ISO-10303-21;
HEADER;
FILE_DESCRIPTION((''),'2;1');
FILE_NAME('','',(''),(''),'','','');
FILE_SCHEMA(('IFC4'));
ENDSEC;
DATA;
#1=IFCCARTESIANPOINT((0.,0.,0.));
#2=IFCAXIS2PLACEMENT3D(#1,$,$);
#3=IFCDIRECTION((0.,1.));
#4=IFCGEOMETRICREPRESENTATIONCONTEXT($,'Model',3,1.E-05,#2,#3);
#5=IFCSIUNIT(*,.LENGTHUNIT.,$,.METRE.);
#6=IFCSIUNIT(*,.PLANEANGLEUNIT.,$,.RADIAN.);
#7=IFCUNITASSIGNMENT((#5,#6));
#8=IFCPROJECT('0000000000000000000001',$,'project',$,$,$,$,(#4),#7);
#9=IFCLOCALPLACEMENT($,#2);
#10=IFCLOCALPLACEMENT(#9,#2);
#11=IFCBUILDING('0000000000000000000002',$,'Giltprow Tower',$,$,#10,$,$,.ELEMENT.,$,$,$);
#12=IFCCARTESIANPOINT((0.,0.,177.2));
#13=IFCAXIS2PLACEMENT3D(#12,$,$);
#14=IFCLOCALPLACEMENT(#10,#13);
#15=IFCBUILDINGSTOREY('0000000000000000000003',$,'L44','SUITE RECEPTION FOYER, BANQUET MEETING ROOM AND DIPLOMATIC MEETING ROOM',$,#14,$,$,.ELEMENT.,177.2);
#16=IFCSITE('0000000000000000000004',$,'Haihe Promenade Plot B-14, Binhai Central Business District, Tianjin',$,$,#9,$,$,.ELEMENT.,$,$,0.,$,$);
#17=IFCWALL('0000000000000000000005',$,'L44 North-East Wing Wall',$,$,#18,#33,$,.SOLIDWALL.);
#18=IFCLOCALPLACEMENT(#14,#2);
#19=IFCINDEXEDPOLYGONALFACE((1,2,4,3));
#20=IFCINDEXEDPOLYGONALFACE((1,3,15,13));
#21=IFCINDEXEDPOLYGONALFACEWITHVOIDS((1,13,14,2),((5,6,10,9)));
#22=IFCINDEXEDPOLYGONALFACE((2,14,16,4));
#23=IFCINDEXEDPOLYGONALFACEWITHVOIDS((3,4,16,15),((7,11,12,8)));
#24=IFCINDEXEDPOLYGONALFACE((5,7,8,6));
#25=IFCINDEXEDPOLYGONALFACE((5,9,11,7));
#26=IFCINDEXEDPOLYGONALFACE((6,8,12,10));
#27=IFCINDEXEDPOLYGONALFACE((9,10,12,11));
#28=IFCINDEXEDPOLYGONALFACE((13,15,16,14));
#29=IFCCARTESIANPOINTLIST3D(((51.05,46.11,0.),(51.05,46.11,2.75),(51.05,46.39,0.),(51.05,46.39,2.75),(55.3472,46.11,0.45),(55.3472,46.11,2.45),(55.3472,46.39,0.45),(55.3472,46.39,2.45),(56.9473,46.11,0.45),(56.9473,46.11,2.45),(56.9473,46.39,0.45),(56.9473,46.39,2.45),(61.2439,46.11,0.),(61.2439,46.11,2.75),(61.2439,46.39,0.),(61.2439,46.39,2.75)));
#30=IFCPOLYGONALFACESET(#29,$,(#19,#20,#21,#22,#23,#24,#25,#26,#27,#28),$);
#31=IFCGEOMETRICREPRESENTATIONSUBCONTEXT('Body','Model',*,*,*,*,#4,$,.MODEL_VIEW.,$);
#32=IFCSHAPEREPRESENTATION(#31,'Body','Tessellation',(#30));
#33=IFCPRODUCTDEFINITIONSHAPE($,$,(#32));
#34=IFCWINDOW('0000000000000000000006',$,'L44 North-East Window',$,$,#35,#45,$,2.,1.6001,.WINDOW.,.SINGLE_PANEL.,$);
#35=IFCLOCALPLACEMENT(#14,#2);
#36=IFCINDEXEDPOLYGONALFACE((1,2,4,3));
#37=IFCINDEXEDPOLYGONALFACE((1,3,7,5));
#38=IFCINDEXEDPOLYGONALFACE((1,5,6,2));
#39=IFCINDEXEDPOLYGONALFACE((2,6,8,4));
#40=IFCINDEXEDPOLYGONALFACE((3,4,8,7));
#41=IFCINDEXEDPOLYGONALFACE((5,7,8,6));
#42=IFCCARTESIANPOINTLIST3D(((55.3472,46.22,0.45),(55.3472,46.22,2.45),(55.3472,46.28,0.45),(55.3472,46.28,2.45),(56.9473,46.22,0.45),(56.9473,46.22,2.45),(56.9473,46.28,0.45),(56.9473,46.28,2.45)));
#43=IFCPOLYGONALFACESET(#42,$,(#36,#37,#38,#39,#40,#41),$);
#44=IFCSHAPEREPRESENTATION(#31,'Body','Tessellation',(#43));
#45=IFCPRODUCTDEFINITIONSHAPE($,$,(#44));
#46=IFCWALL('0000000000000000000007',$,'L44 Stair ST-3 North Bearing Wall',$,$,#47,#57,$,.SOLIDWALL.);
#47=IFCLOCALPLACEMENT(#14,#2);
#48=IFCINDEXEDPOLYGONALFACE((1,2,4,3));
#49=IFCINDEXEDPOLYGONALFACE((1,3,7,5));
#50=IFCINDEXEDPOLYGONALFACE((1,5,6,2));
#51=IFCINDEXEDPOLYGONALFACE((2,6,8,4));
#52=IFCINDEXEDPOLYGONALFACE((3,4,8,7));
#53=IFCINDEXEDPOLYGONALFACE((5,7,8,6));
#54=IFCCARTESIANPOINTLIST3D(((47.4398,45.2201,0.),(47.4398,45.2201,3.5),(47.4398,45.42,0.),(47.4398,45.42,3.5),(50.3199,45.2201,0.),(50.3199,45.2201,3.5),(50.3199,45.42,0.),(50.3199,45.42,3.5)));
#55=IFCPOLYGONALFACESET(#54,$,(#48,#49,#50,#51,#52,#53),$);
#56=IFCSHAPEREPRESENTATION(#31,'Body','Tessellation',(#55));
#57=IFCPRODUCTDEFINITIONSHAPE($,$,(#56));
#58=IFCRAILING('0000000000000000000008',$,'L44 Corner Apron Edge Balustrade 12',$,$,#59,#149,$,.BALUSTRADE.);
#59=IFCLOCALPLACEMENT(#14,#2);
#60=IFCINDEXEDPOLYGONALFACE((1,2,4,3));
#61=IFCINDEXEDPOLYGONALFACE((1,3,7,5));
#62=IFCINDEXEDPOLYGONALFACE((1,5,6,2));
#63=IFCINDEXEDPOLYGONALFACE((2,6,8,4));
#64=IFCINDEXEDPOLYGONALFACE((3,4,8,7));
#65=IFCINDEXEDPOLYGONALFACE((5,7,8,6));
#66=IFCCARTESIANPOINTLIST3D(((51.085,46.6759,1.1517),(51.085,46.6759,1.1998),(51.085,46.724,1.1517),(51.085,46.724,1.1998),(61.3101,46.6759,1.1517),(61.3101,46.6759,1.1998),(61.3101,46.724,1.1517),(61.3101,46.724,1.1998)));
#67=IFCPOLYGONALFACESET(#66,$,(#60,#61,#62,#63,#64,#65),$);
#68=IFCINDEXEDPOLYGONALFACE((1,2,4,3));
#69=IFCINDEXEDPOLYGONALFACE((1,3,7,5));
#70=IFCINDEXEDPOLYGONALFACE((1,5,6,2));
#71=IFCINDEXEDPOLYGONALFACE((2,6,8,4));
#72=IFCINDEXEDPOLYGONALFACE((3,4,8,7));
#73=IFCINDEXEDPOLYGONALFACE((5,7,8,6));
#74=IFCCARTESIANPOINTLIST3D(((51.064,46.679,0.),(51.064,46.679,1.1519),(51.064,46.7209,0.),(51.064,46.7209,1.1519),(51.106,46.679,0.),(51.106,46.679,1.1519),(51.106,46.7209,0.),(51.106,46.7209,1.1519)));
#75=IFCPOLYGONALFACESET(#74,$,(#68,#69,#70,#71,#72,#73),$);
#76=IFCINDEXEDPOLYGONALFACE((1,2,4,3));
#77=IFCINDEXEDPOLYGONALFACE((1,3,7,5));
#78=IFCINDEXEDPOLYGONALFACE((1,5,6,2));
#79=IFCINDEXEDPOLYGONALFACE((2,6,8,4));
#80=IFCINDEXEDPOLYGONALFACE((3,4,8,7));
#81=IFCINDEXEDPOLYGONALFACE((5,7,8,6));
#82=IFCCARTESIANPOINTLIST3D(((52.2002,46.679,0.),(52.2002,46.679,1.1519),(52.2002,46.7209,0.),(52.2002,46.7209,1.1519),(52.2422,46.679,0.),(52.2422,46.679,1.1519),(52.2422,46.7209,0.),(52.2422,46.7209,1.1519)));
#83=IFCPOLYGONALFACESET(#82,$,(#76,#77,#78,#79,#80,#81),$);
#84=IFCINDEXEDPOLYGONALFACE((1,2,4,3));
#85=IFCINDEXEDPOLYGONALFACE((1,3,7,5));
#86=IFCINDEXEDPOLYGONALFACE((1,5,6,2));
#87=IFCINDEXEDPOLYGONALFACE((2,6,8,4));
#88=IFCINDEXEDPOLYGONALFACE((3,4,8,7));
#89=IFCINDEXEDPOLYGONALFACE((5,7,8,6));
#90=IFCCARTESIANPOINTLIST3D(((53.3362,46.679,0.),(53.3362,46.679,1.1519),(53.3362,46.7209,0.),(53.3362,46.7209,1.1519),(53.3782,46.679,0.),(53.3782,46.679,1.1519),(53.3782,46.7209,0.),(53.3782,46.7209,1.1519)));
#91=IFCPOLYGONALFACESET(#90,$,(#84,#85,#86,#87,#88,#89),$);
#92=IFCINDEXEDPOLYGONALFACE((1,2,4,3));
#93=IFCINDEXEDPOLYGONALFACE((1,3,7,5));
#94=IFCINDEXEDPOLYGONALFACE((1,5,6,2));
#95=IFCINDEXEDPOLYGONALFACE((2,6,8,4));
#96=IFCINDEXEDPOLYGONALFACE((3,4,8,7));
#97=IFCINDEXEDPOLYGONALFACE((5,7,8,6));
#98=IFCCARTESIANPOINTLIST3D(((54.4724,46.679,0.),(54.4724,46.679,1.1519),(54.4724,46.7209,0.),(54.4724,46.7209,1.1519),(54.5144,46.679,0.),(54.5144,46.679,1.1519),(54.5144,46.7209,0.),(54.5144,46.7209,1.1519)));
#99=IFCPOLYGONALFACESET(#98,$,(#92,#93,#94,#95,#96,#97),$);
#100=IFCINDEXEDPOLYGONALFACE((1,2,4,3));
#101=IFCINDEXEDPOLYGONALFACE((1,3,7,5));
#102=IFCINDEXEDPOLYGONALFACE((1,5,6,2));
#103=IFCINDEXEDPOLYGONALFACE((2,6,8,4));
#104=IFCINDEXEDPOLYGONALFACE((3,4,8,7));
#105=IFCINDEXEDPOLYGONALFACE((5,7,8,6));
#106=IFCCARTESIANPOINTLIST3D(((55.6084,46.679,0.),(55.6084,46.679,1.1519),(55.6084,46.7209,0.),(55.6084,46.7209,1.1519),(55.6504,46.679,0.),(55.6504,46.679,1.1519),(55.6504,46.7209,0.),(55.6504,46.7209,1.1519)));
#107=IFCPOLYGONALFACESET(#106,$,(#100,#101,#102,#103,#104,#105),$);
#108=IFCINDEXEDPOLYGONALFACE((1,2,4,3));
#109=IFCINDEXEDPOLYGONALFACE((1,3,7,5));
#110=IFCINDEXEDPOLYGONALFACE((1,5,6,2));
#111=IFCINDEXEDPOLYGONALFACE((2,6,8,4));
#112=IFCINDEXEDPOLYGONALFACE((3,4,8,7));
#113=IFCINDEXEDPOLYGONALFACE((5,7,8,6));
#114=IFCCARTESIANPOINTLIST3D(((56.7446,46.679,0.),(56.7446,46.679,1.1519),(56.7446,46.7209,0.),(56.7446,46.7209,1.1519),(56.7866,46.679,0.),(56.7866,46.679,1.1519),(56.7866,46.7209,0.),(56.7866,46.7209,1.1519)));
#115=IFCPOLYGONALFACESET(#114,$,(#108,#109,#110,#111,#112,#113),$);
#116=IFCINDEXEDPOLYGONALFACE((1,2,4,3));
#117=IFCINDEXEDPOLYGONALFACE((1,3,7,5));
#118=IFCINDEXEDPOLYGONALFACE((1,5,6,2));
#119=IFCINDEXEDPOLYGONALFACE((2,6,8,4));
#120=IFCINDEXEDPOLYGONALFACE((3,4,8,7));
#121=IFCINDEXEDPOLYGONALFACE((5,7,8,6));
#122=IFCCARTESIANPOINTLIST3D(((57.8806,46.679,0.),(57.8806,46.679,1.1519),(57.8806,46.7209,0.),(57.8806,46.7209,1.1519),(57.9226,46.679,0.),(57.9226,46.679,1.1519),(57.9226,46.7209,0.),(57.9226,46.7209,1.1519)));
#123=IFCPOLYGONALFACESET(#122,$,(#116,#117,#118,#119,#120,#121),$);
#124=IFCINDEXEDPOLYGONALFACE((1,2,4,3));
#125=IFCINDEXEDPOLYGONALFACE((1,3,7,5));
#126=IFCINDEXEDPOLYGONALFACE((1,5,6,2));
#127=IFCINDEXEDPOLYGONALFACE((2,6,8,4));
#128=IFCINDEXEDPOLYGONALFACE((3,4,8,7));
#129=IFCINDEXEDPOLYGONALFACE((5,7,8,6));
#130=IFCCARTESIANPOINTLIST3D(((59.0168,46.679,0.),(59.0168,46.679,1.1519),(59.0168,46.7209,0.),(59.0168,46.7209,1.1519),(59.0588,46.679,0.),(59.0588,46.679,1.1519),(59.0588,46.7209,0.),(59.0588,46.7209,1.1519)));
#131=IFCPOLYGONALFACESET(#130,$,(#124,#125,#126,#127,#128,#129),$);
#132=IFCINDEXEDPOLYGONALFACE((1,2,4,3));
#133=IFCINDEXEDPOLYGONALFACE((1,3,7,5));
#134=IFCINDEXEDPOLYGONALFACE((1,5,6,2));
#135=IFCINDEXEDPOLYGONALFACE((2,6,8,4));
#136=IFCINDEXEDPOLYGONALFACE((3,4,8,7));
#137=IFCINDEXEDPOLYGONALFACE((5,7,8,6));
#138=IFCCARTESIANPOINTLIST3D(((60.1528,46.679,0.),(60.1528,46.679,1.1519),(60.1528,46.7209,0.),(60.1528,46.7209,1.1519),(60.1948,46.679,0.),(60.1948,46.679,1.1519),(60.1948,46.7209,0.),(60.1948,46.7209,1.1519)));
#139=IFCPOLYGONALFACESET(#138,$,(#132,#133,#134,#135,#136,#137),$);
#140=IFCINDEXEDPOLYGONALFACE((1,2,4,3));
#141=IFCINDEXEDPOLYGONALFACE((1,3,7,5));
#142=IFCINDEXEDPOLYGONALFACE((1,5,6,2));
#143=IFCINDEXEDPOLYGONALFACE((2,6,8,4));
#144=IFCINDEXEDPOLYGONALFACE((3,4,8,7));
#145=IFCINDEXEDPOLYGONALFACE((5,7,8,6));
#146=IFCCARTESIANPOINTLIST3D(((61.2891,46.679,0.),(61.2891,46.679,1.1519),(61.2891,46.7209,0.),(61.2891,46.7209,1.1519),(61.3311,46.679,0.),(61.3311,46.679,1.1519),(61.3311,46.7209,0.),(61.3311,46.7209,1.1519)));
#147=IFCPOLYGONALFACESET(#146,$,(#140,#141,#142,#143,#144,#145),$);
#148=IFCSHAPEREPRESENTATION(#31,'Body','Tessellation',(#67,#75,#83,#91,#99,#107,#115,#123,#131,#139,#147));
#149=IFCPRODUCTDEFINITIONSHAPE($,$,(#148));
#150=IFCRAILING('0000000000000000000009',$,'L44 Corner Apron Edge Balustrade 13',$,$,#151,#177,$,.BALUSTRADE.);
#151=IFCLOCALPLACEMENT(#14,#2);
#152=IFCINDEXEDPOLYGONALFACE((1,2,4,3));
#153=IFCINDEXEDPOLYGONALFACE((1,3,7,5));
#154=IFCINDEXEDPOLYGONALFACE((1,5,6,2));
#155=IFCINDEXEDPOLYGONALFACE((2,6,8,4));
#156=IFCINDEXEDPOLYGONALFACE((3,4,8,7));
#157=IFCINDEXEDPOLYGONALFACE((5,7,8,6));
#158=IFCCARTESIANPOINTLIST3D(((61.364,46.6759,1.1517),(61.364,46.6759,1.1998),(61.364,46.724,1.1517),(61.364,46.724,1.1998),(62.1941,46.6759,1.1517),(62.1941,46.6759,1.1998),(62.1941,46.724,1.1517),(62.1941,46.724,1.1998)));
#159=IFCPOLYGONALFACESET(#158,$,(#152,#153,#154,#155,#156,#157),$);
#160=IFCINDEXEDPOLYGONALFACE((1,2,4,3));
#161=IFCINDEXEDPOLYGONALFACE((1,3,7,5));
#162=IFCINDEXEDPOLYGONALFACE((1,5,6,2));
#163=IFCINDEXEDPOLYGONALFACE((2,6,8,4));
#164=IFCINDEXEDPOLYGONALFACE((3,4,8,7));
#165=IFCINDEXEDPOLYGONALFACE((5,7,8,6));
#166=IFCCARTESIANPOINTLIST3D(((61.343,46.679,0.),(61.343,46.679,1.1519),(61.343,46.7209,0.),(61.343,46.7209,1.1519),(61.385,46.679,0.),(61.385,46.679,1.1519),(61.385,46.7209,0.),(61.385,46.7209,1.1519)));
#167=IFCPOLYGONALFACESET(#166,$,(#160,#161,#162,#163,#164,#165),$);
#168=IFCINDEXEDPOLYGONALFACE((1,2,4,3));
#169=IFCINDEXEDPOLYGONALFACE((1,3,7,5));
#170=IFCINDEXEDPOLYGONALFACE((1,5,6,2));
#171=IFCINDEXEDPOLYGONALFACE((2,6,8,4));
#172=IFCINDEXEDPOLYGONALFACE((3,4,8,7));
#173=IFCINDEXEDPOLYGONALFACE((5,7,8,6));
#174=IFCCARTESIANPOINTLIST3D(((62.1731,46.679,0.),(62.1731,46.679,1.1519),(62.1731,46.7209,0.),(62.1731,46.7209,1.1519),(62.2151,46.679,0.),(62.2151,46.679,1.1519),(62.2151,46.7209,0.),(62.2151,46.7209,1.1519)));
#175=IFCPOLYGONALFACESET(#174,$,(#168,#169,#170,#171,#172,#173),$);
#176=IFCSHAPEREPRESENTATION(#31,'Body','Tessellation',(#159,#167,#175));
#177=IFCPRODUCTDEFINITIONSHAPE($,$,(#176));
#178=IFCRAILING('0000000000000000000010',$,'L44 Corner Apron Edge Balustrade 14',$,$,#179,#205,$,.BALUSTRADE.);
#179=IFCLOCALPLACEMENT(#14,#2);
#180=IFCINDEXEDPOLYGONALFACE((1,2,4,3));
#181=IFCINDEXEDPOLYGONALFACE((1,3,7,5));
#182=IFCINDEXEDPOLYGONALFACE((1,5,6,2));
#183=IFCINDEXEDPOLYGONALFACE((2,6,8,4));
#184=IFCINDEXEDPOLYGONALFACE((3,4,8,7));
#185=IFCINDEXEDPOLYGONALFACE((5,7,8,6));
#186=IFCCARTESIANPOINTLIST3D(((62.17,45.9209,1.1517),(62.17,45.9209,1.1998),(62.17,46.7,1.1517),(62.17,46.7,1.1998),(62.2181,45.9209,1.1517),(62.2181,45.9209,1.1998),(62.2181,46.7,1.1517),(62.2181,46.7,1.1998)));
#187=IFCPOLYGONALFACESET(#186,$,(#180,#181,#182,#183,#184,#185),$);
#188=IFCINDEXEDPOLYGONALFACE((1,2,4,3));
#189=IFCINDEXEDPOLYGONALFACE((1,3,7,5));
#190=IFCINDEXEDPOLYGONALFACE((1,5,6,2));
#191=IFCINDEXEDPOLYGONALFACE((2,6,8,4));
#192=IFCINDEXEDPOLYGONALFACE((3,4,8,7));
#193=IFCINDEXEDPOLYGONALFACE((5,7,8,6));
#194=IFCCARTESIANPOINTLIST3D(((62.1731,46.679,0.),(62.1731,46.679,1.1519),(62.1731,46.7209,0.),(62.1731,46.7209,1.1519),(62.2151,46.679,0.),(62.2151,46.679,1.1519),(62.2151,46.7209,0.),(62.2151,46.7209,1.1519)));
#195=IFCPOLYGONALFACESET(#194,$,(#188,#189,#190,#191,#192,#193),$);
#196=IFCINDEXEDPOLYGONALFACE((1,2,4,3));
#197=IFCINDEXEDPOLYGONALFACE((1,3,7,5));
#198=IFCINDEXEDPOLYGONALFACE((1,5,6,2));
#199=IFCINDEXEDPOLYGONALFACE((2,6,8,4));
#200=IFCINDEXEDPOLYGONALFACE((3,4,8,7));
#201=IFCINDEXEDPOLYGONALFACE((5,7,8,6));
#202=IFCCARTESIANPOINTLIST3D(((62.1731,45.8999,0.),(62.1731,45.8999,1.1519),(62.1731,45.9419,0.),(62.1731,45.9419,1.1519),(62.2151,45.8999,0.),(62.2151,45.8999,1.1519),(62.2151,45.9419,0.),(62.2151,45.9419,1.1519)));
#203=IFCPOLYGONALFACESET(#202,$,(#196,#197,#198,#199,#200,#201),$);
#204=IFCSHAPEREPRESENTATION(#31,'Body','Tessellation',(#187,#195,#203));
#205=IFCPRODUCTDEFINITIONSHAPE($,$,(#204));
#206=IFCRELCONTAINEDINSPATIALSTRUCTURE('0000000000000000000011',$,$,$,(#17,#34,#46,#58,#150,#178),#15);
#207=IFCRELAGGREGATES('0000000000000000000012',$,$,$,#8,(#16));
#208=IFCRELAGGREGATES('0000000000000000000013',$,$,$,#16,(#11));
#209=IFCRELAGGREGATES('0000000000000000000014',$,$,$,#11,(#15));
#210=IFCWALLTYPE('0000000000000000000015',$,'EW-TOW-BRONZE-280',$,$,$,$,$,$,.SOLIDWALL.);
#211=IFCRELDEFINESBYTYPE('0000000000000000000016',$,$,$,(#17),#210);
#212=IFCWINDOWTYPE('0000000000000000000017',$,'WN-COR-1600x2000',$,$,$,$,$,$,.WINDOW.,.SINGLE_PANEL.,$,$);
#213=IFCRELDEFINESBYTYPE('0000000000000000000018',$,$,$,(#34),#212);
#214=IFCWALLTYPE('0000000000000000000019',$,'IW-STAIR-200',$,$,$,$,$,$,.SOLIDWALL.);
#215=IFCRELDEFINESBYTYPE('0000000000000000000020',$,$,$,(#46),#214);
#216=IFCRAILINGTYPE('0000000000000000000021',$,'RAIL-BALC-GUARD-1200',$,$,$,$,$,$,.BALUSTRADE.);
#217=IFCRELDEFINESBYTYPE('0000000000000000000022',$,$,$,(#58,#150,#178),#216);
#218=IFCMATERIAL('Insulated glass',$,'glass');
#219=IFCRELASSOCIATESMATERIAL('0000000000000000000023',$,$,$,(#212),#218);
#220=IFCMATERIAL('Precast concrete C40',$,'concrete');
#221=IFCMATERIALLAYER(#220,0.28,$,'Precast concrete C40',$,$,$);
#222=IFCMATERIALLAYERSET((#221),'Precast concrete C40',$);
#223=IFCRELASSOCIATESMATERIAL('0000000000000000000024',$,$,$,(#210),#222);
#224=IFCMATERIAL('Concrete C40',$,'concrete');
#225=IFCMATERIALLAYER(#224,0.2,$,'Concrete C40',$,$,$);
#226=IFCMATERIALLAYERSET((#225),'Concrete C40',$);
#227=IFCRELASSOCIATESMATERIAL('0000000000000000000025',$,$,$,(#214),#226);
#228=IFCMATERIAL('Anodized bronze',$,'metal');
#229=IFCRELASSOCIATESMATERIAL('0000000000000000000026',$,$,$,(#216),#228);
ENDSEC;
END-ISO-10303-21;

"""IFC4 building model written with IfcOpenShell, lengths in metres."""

from ifc_helpers import new_model, si_unit, direction, frame, frame_2d, origin, origin_2d, place, context, subcontext, project, spatial, rectangle, extrude, source, transform, mapped, material, layer, layer_set, type_object, element, fill, save


model = new_model("IFC4")

# Units and contexts
model_context = context("Model", 3, precision=1e-05, world=origin(), true_north=direction((0.0, 1.0)))
body_context = subcontext(model_context, "Body", "Model", "MODEL_VIEW")
ifc_project = project(units=[si_unit("LENGTHUNIT", "METRE"), si_unit("PLANEANGLEUNIT", "RADIAN")], contexts=[model_context])

# Site, building, storey
site_placement = place(None, origin())
site = spatial("IfcSite", under=ifc_project, at=site_placement, Name="Haihe Promenade Plot B-14, Binhai Central Business District, Tianjin", CompositionType="ELEMENT", RefElevation=0.0)
building_placement = place(site_placement, origin())
building = spatial("IfcBuilding", under=site, at=building_placement, Name="Giltprow Tower", CompositionType="ELEMENT")
storey_placement = place(building_placement, frame((0.0, 0.0, 177.2)))
storey = spatial("IfcBuildingStorey", under=building, at=storey_placement, Name="L44", Description="SUITE RECEPTION FOYER, BANQUET MEETING ROOM AND DIPLOMATIC MEETING ROOM", CompositionType="ELEMENT", Elevation=177.2)

# Wall, opening, window
ifc_material_1 = material(Name="Precast concrete C40", Category="concrete")
ifc_material_2 = material(Name="Insulated glass", Category="glass")
window_type = type_object("IfcWindowType", Name="WN-COR-1600x2000", PartitioningType="SINGLE_PANEL", PredefinedType="WINDOW", material=ifc_material_2)
shared_shape_1 = source(origin(), body_context, "Body", "SweptSolid", [
    extrude(rectangle(XDim=1.6001, YDim=2.0, at=frame_2d((0.8, 1.0))), frame((0.0, 0.03, 0.0), z_axis=(0.0, -1.0, 0.0), x_axis=(1.0, 0.0, 0.0)), (0.0, 0.0, 1.0), 0.0601),
])
ifc_layer_1 = layer(ifc_material_1, 0.28, Name="Precast concrete C40")
ifc_layer_set_1 = layer_set([ifc_layer_1], Name="Precast concrete C40")
wall_type_1 = type_object("IfcWallType", Name="EW-TOW-BRONZE-280", PredefinedType="SOLIDWALL", material=ifc_layer_set_1)
wall_1_placement = place(storey_placement, frame((51.05, 46.25, 0.0), z_axis=(0.0, 0.0, 1.0), x_axis=(1.0, 0.0, 0.0)))
wall_1 = element("IfcWall", 1, at=wall_1_placement, inside=storey, type_object=wall_type_1, Name="L44 North-East Wing Wall", PredefinedType="SOLIDWALL", context=body_context, shape_type="SweptSolid", body=[
    extrude(rectangle(XDim=10.1938, YDim=0.28, at=frame_2d((5.0969, 0.0))), origin(), (0.0, 0.0, 1.0), 2.75),
])
opening_1_placement = place(wall_1_placement, frame((4.2971, 0.0, 0.45)))
opening_1 = element("IfcOpeningElement", 2, at=opening_1_placement, cuts=wall_1, PredefinedType="OPENING", context=body_context, shape_type="SweptSolid", body=[
    extrude(rectangle(XDim=1.6001, YDim=2.0, at=frame_2d((0.8, 1.0))), frame((0.0, 0.1499, 0.0), z_axis=(0.0, -1.0, 0.0), x_axis=(1.0, 0.0, 0.0)), (0.0, 0.0, 1.0), 0.3),
])
window_1_placement = place(opening_1_placement, origin())
window_1 = element("IfcWindow", 3, at=window_1_placement, inside=storey, type_object=window_type, Name="L44 North-East Window", OverallHeight=2.0, OverallWidth=1.6001, PartitioningType="SINGLE_PANEL", PredefinedType="WINDOW", context=body_context, shape_type="MappedRepresentation", body=[
    mapped(shared_shape_1, transform((0.0, 0.0, 0.0), x_axis=(1.0, 0.0, 0.0), y_axis=(0.0, 1.0, 0.0), z_axis=(0.0, 0.0, 1.0), scale=1.0)),
])
fill(opening_1, window_1)

# Wall
ifc_material_3 = material(Name="Concrete C40", Category="concrete")
ifc_layer_2 = layer(ifc_material_3, 0.2, Name="Concrete C40")
ifc_layer_set_2 = layer_set([ifc_layer_2], Name="Concrete C40")
wall_type_2 = type_object("IfcWallType", Name="IW-STAIR-200", PredefinedType="SOLIDWALL", material=ifc_layer_set_2)
wall_2_placement = place(storey_placement, frame((47.4399, 45.3201, 0.0), z_axis=(0.0, 0.0, 1.0), x_axis=(1.0, 0.0, 0.0)))
element("IfcWall", 4, at=wall_2_placement, inside=storey, type_object=wall_type_2, Name="L44 Stair ST-3 North Bearing Wall", PredefinedType="SOLIDWALL", context=body_context, shape_type="SweptSolid", body=[
    extrude(rectangle(XDim=2.8801, YDim=0.2, at=frame_2d((1.4399, 0.0))), origin(), (0.0, 0.0, 1.0), 3.5),
])

# Railings
ifc_material_4 = material(Name="Anodized bronze", Category="metal")
railing_type_1 = type_object("IfcRailingType", Name="RAIL-BALC-GUARD-1200", PredefinedType="BALUSTRADE", material=ifc_material_4)
railing_1_placement = place(storey_placement, frame((51.085, 46.7, 0.0)))
element("IfcRailing", 5, at=railing_1_placement, inside=storey, type_object=railing_type_1, Name="L44 Corner Apron Edge Balustrade 12", PredefinedType="BALUSTRADE", context=body_context, shape_type="SweptSolid", body=[
    extrude(rectangle(XDim=0.0481, YDim=0.0481, at=origin_2d()), frame((0.0, 0.0, 1.1758), z_axis=(1.0, 0.0, 0.0), x_axis=(0.0, 1.0, 0.0)), (0.0, 0.0, 1.0), 10.2251),
    extrude(rectangle(XDim=0.042, YDim=0.042, at=origin_2d()), origin(), (0.0, 0.0, 1.0), 1.1519),
    extrude(rectangle(XDim=0.042, YDim=0.042, at=origin_2d()), frame((1.1362, 0.0, 0.0)), (0.0, 0.0, 1.0), 1.1519),
    extrude(rectangle(XDim=0.042, YDim=0.042, at=origin_2d()), frame((2.2722, 0.0, 0.0)), (0.0, 0.0, 1.0), 1.1519),
    extrude(rectangle(XDim=0.042, YDim=0.042, at=origin_2d()), frame((3.4084, 0.0, 0.0)), (0.0, 0.0, 1.0), 1.1519),
    extrude(rectangle(XDim=0.042, YDim=0.042, at=origin_2d()), frame((4.5444, 0.0, 0.0)), (0.0, 0.0, 1.0), 1.1519),
    extrude(rectangle(XDim=0.042, YDim=0.042, at=origin_2d()), frame((5.6807, 0.0, 0.0)), (0.0, 0.0, 1.0), 1.1519),
    extrude(rectangle(XDim=0.042, YDim=0.042, at=origin_2d()), frame((6.8167, 0.0, 0.0)), (0.0, 0.0, 1.0), 1.1519),
    extrude(rectangle(XDim=0.042, YDim=0.042, at=origin_2d()), frame((7.9529, 0.0, 0.0)), (0.0, 0.0, 1.0), 1.1519),
    extrude(rectangle(XDim=0.042, YDim=0.042, at=origin_2d()), frame((9.0889, 0.0, 0.0)), (0.0, 0.0, 1.0), 1.1519),
    extrude(rectangle(XDim=0.042, YDim=0.042, at=origin_2d()), frame((10.2251, 0.0, 0.0)), (0.0, 0.0, 1.0), 1.1519),
])
railing_2_placement = place(storey_placement, frame((61.364, 46.7, 0.0)))
element("IfcRailing", 6, at=railing_2_placement, inside=storey, type_object=railing_type_1, Name="L44 Corner Apron Edge Balustrade 13", PredefinedType="BALUSTRADE", context=body_context, shape_type="SweptSolid", body=[
    extrude(rectangle(XDim=0.0481, YDim=0.0481, at=origin_2d()), frame((0.0, 0.0, 1.1758), z_axis=(1.0, 0.0, 0.0), x_axis=(0.0, 1.0, 0.0)), (0.0, 0.0, 1.0), 0.8301),
    extrude(rectangle(XDim=0.042, YDim=0.042, at=origin_2d()), origin(), (0.0, 0.0, 1.0), 1.1519),
    extrude(rectangle(XDim=0.042, YDim=0.042, at=origin_2d()), frame((0.8301, 0.0, 0.0)), (0.0, 0.0, 1.0), 1.1519),
])
railing_3_placement = place(storey_placement, frame((62.1941, 46.7, 0.0)))
element("IfcRailing", 7, at=railing_3_placement, inside=storey, type_object=railing_type_1, Name="L44 Corner Apron Edge Balustrade 14", PredefinedType="BALUSTRADE", context=body_context, shape_type="SweptSolid", body=[
    extrude(rectangle(XDim=0.0481, YDim=0.0481, at=origin_2d()), frame((0.0, 0.0, 1.1758), z_axis=(0.0, -1.0, 0.0), x_axis=(1.0, 0.0, 0.0)), (0.0, 0.0, 1.0), 0.7791),
    extrude(rectangle(XDim=0.042, YDim=0.042, at=origin_2d()), origin(), (0.0, 0.0, 1.0), 1.1519),
    extrude(rectangle(XDim=0.042, YDim=0.042, at=origin_2d()), frame((0.0, -0.7791, 0.0)), (0.0, 0.0, 1.0), 1.1519),
])

save(model, "model.ifc")
